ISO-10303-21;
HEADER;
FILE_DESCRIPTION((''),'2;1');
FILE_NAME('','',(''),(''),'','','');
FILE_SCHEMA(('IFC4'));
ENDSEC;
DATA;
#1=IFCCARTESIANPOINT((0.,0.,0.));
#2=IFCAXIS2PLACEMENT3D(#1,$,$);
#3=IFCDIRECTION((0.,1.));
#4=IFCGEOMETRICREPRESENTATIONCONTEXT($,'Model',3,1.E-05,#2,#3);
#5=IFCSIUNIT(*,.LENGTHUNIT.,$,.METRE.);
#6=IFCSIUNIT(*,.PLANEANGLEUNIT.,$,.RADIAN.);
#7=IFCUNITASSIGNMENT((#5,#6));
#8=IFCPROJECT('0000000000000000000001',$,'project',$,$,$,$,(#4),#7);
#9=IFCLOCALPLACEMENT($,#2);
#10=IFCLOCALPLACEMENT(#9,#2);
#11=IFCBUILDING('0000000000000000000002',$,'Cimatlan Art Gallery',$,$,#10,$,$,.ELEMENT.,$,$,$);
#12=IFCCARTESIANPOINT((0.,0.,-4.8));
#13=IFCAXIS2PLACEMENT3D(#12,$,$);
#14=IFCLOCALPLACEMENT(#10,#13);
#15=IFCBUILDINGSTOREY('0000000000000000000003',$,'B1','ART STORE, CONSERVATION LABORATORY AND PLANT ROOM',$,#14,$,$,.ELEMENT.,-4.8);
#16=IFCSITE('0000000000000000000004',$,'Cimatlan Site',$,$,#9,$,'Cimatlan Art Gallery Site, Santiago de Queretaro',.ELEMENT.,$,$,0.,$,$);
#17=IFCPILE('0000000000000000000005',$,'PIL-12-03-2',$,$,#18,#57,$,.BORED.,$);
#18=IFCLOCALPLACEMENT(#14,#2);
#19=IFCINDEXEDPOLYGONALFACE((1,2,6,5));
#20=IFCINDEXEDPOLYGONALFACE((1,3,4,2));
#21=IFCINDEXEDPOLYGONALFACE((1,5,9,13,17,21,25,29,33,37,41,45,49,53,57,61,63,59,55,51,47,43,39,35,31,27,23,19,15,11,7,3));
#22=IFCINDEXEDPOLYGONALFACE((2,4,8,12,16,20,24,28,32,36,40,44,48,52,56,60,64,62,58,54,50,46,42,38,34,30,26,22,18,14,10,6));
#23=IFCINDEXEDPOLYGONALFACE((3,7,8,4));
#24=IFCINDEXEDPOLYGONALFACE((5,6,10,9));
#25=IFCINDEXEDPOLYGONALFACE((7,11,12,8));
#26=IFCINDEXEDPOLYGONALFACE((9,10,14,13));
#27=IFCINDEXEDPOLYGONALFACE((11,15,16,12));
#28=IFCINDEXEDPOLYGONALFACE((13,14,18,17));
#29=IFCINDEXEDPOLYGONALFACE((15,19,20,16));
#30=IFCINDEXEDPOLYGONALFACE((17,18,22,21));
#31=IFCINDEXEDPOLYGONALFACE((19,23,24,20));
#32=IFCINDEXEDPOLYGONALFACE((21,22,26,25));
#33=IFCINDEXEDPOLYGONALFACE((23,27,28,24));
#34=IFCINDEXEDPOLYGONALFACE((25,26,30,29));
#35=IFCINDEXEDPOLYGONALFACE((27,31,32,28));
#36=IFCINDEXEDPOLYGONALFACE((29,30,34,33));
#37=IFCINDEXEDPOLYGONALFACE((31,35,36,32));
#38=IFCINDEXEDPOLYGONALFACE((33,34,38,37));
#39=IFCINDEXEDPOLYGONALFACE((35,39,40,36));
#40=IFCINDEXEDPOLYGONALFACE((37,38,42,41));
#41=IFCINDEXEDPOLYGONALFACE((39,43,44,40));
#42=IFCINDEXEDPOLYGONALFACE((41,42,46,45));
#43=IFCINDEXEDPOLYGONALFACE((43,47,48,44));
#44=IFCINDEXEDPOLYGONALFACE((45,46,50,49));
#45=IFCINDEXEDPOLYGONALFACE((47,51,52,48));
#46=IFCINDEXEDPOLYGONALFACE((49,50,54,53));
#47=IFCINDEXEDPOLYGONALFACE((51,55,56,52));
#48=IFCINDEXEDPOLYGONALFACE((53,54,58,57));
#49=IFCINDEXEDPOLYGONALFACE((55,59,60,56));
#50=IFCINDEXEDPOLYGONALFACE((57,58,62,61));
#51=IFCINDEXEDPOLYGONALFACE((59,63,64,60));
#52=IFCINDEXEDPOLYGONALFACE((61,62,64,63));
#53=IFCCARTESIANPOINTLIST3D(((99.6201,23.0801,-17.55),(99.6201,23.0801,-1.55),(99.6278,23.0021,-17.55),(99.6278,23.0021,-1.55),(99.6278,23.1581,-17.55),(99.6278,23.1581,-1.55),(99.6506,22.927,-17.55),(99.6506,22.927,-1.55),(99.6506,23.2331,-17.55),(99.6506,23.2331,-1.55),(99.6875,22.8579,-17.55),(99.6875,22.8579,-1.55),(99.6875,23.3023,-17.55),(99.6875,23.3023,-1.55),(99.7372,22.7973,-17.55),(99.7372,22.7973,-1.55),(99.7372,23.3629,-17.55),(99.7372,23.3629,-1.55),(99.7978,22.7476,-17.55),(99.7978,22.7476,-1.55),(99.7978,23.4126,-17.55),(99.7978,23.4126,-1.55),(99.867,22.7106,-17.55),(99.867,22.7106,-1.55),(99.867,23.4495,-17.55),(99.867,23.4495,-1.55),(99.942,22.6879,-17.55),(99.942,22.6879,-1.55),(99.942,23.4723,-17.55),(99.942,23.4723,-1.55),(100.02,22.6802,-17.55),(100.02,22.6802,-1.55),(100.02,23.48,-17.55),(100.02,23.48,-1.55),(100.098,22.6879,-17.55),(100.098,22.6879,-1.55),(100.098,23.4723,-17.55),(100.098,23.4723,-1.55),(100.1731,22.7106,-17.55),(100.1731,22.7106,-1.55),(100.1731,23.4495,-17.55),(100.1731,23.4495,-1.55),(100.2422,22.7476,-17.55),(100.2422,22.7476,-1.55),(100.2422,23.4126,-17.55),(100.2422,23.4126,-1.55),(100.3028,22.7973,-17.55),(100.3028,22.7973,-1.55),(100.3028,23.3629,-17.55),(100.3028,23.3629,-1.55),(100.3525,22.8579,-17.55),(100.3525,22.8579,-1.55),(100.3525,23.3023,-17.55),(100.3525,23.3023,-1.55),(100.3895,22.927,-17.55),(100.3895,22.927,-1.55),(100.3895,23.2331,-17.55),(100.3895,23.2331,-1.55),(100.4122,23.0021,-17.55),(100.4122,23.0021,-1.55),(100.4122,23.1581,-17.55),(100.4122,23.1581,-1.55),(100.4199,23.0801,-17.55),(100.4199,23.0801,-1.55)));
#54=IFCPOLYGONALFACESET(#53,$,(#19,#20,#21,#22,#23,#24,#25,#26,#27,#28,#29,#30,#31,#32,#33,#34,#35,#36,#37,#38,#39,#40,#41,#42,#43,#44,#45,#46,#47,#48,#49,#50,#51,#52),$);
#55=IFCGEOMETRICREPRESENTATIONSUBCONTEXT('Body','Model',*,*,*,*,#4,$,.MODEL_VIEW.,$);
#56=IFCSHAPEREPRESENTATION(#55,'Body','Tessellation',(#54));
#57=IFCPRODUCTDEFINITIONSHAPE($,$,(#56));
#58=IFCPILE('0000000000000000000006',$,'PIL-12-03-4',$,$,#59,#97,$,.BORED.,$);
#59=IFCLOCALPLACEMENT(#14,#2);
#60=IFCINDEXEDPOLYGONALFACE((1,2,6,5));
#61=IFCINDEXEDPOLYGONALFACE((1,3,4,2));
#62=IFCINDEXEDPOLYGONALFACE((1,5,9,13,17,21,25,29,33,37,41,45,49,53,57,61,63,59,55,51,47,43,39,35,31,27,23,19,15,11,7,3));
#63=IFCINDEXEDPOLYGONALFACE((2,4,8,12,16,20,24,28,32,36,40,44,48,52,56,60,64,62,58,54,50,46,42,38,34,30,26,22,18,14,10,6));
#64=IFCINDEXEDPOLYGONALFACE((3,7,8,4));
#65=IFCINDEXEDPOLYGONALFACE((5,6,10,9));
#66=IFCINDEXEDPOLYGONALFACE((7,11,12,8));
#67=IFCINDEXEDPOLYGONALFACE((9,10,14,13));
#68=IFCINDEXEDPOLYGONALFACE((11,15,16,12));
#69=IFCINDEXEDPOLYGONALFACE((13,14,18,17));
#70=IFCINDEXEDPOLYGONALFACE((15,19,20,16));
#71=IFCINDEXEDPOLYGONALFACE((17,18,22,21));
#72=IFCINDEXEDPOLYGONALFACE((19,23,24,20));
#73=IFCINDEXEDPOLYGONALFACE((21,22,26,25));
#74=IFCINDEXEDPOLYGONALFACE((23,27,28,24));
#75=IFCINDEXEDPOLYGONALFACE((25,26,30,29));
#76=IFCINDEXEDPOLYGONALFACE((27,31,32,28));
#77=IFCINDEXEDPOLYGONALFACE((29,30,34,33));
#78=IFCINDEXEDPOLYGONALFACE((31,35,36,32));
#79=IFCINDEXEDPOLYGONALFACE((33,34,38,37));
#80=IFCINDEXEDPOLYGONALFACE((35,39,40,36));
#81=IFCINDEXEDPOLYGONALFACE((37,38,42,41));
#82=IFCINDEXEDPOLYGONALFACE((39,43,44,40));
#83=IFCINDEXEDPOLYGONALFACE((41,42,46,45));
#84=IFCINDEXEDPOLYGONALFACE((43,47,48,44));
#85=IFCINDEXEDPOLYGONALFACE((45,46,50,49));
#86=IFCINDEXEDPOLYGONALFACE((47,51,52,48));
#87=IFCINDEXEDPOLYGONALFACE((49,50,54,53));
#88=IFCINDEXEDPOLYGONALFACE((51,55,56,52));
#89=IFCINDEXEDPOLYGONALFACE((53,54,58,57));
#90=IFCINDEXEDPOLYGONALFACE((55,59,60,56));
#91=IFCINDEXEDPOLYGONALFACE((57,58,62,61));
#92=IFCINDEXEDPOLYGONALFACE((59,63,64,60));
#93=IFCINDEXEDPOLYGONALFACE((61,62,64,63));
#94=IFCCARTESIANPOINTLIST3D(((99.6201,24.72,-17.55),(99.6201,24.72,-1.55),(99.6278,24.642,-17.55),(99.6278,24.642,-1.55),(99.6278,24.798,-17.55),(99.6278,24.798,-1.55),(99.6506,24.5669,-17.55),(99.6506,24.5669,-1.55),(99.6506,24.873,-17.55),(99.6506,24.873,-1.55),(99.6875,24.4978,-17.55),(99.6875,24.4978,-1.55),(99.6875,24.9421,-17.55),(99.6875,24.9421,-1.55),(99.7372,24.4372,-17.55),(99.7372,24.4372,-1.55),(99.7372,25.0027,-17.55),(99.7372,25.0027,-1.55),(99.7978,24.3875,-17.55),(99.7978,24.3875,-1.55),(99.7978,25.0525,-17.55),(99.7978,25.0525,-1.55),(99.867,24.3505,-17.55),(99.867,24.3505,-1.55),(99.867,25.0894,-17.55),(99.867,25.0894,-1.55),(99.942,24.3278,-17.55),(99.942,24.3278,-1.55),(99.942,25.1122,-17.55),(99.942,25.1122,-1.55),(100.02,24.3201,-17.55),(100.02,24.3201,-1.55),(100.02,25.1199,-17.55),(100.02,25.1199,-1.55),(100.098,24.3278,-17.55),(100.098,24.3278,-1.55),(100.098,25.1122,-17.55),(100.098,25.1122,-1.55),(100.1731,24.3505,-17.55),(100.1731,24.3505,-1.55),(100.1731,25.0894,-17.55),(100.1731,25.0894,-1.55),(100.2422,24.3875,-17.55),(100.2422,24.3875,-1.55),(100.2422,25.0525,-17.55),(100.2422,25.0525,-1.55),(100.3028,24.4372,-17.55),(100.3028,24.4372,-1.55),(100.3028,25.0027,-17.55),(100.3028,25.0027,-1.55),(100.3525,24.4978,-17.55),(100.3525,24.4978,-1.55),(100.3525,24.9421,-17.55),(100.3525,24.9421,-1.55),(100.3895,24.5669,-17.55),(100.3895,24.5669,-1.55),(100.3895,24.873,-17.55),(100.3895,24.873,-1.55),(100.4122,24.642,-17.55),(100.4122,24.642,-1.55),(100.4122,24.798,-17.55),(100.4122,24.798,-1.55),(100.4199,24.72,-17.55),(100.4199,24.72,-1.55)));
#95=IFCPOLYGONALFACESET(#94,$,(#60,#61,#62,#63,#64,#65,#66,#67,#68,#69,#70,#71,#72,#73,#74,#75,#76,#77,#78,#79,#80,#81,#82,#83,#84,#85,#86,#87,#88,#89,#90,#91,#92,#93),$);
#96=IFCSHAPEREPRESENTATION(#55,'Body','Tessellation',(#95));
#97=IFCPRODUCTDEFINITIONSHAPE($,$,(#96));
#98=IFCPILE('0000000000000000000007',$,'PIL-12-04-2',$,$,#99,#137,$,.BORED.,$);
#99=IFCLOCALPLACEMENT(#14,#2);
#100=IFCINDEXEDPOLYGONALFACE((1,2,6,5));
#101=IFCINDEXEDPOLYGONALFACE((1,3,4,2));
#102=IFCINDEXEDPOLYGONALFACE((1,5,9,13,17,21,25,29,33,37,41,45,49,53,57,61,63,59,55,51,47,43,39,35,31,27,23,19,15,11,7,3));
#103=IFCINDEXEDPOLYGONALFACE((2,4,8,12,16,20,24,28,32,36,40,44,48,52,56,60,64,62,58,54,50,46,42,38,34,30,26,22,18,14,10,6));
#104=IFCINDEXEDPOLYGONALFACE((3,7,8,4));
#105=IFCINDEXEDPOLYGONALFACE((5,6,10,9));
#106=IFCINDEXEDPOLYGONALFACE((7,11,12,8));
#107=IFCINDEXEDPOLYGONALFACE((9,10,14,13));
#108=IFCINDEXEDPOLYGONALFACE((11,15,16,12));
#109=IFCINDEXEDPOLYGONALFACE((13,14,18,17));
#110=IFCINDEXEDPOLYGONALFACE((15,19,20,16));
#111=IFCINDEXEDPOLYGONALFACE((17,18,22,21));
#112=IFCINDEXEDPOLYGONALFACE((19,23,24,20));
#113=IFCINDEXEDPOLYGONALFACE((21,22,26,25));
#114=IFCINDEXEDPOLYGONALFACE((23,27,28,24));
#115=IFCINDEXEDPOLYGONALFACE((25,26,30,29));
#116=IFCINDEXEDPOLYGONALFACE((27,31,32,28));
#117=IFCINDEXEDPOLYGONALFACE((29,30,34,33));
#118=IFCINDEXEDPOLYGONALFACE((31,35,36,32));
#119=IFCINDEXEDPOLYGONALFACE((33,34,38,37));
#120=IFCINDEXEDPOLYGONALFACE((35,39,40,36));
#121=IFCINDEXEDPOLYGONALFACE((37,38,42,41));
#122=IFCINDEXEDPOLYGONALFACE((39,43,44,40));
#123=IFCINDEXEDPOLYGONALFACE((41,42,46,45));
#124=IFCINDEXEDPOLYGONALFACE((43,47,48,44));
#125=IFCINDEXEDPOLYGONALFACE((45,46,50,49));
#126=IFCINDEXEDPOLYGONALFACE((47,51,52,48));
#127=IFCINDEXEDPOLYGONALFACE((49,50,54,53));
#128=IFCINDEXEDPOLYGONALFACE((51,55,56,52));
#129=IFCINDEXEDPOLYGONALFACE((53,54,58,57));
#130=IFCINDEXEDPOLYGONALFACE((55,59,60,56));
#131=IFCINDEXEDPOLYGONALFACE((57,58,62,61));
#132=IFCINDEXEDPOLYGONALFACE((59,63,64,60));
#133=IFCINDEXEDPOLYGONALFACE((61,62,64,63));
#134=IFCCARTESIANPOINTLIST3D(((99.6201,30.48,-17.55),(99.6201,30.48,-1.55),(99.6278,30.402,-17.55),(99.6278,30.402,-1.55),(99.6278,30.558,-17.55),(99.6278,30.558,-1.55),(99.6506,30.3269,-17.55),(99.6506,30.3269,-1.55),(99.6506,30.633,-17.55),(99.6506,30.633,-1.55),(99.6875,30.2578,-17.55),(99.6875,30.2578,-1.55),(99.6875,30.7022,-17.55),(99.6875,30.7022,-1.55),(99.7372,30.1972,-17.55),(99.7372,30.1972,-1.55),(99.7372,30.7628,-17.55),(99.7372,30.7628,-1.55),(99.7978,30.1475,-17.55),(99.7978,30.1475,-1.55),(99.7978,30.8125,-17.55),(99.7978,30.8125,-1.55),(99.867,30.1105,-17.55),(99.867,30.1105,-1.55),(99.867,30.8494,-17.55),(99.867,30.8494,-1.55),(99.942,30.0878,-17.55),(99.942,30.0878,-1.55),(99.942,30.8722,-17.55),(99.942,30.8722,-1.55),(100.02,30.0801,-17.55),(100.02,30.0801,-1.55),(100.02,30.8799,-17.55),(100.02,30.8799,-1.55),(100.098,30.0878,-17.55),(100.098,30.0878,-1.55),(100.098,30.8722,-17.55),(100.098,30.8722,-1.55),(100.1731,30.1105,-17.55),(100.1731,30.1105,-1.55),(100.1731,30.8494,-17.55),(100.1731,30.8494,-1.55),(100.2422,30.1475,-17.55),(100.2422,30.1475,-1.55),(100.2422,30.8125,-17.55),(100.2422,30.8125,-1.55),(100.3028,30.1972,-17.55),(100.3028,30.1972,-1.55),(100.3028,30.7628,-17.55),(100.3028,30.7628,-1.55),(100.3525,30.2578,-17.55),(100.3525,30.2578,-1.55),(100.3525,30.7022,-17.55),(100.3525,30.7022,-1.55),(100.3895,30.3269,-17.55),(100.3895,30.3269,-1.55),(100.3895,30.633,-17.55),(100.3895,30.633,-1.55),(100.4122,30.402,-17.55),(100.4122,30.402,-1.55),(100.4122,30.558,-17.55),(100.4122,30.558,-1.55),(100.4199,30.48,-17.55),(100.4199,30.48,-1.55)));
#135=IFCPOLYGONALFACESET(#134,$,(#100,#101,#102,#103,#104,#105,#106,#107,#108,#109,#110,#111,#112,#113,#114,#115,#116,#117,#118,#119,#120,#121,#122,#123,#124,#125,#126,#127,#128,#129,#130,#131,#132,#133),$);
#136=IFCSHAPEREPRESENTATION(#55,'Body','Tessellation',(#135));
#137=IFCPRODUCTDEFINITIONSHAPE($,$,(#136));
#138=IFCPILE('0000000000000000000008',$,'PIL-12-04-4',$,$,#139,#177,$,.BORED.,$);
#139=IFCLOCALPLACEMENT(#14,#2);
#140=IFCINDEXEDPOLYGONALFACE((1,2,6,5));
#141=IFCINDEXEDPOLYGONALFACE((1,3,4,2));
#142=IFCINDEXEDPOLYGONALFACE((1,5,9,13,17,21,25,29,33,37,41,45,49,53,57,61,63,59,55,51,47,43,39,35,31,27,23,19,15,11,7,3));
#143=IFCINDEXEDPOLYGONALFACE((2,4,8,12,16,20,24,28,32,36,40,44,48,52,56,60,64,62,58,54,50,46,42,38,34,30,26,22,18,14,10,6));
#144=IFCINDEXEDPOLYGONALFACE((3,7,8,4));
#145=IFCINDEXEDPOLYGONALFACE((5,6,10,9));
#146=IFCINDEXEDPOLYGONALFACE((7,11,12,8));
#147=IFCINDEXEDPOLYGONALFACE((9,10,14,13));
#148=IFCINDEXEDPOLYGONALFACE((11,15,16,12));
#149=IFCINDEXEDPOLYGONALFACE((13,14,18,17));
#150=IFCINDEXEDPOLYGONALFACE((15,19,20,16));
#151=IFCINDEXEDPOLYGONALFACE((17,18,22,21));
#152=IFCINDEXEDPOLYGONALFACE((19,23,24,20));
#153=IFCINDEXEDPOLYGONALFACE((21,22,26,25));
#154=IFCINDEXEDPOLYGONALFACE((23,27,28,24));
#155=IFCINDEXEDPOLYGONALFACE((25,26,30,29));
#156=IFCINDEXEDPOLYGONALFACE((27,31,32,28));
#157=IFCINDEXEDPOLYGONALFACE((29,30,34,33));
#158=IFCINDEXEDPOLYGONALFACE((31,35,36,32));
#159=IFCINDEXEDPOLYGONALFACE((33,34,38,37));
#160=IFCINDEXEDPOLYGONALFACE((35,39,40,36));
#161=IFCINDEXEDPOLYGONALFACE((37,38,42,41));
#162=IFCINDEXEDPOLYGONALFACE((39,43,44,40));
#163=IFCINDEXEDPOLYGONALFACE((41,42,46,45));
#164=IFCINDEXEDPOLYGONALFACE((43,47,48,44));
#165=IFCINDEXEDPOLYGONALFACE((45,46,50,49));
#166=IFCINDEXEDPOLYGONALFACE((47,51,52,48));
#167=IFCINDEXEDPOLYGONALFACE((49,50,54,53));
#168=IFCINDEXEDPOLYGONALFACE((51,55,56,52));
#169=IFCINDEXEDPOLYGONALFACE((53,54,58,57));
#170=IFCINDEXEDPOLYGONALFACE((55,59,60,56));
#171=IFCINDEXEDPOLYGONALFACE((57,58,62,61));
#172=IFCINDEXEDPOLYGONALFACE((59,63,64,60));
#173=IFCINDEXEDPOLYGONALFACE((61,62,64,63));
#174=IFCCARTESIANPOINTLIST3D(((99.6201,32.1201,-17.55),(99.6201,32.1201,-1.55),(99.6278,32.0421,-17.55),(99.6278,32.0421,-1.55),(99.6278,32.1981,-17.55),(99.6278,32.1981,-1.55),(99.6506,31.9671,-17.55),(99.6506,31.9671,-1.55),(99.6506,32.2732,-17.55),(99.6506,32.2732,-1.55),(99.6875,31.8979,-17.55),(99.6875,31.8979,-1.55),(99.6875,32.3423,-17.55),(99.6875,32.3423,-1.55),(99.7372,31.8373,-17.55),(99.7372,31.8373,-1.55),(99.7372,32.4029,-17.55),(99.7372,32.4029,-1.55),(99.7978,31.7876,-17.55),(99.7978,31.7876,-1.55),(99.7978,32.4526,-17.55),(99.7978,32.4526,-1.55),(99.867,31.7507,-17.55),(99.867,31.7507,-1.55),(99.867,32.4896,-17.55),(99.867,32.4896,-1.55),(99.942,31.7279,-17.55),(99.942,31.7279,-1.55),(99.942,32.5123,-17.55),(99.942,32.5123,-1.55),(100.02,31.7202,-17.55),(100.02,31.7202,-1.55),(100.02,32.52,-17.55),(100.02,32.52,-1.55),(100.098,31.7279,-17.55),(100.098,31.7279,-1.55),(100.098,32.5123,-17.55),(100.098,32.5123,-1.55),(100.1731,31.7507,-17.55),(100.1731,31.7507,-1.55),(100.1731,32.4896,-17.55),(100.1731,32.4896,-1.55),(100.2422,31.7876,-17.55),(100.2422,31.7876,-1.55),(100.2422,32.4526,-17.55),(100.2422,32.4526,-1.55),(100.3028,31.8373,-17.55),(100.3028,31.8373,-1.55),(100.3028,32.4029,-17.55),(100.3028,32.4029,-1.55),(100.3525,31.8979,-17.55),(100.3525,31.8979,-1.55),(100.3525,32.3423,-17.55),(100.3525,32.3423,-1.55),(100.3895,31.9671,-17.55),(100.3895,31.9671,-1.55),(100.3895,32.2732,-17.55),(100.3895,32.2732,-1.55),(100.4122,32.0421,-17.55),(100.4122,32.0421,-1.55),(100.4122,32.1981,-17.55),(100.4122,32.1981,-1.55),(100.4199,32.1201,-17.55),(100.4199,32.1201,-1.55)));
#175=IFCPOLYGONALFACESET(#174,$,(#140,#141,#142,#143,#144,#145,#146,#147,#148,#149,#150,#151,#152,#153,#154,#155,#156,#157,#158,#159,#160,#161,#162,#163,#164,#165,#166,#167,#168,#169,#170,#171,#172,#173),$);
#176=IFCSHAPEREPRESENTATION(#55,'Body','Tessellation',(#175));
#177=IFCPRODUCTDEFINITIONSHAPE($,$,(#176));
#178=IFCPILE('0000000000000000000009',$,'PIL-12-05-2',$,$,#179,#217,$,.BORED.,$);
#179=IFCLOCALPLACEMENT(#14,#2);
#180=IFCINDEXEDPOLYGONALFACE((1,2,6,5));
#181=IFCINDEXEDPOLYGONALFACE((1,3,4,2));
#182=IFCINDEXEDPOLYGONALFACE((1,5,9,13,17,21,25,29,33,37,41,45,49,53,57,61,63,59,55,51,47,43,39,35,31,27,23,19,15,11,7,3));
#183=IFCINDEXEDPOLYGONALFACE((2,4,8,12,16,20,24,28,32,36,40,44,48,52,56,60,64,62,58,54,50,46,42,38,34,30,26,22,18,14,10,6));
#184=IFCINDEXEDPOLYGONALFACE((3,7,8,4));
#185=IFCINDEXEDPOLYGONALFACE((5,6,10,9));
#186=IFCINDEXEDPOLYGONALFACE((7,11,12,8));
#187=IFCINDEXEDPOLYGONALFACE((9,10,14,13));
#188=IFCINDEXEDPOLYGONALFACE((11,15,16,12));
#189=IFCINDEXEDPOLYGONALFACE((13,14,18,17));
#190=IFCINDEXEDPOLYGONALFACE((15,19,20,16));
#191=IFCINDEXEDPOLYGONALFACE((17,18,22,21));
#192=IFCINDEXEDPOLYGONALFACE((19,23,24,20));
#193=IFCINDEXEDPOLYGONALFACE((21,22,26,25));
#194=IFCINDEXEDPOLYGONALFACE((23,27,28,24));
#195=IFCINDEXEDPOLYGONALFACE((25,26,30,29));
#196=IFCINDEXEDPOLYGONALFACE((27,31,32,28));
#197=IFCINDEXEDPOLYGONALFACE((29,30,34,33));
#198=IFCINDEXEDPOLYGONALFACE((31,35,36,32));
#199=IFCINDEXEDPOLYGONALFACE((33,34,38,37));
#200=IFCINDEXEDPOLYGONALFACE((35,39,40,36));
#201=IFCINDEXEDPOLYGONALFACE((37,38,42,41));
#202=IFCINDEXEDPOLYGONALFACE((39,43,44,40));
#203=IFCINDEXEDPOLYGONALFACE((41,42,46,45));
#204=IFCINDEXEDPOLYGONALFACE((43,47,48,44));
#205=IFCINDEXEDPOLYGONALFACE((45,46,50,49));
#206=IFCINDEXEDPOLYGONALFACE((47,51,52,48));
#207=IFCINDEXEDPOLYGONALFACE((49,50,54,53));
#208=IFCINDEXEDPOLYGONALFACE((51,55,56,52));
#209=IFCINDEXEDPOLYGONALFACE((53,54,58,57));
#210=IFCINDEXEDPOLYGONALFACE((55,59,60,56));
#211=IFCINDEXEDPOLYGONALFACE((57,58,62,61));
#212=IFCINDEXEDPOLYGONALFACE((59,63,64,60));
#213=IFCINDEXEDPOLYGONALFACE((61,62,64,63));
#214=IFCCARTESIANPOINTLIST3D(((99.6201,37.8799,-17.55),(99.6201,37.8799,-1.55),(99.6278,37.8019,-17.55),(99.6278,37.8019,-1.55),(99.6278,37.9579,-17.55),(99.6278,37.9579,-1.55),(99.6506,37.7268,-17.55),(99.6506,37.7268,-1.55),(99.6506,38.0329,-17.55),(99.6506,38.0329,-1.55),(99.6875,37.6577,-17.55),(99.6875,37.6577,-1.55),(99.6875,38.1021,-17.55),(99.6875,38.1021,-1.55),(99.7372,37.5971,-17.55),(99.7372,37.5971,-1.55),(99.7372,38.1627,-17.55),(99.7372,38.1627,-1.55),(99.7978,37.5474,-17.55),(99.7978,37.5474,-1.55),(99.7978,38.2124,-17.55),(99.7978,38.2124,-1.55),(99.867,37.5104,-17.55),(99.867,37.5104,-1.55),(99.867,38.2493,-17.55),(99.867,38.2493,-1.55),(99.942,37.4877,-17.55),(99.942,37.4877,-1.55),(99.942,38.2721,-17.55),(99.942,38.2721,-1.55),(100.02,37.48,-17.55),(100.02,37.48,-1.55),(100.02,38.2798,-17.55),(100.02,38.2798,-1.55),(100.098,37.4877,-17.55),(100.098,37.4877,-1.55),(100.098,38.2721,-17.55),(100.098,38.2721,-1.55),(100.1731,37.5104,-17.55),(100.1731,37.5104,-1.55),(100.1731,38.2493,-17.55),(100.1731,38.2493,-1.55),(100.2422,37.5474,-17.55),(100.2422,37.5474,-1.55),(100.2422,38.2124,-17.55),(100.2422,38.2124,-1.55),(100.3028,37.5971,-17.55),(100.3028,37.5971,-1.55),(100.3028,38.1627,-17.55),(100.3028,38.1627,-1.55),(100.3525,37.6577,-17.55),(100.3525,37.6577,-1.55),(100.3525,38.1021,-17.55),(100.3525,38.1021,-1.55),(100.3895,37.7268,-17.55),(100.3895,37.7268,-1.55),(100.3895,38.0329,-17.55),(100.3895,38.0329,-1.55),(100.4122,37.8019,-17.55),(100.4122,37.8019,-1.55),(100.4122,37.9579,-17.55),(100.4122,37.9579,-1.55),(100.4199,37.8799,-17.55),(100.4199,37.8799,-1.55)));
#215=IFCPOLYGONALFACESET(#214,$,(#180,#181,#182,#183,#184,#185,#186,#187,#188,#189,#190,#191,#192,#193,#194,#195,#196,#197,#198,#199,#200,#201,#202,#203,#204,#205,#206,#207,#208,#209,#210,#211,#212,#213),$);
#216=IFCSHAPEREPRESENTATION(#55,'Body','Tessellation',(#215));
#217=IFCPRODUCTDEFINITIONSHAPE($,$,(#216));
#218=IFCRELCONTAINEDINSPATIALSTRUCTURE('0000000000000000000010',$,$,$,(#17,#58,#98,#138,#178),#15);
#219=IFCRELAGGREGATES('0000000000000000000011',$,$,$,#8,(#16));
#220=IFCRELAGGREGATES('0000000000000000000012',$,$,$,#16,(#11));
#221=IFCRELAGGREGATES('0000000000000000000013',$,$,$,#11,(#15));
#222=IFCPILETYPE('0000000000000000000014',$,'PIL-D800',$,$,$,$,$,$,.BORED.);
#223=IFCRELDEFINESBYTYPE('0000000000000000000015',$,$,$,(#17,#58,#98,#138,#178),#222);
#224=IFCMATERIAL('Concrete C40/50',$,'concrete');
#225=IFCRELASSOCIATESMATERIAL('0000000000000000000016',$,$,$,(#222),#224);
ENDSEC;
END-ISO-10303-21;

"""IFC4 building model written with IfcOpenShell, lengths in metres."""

from ifc_helpers import new_model, si_unit, direction, frame, origin, origin_2d, place, context, subcontext, project, spatial, circle, extrude, material, type_object, element, save


model = new_model("IFC4")

# Units and contexts
model_context = context("Model", 3, precision=1e-05, world=origin(), true_north=direction((0.0, 1.0)))
body_context = subcontext(model_context, "Body", "Model", "MODEL_VIEW")
ifc_project = project(units=[si_unit("LENGTHUNIT", "METRE"), si_unit("PLANEANGLEUNIT", "RADIAN")], contexts=[model_context])

# Site, building, storey
site_placement = place(None, origin())
site = spatial("IfcSite", under=ifc_project, at=site_placement, Name="Cimatlan Site", LongName="Cimatlan Art Gallery Site, Santiago de Queretaro", CompositionType="ELEMENT", RefElevation=0.0)
building_placement = place(site_placement, origin())
building = spatial("IfcBuilding", under=site, at=building_placement, Name="Cimatlan Art Gallery", CompositionType="ELEMENT")
storey_placement = place(building_placement, frame((0.0, 0.0, -4.8)))
storey = spatial("IfcBuildingStorey", under=building, at=storey_placement, Name="B1", Description="ART STORE, CONSERVATION LABORATORY AND PLANT ROOM", CompositionType="ELEMENT", Elevation=-4.8)

# Shared definitions
ifc_material_1 = material(Name="Concrete C40/50", Category="concrete")

# Piles
pile_type_1 = type_object("IfcPileType", Name="PIL-D800", PredefinedType="BORED", material=ifc_material_1)
for number, where, z_axis, x_axis, name in (
    (1, (100.02, 23.0801, -1.55), (0.0, 0.0, -1.0), (1.0, 0.0, 0.0), "PIL-12-03-2"),
    (2, (100.02, 24.72, -1.55), (0.0, 0.0, -1.0), (1.0, 0.0, 0.0), "PIL-12-03-4"),
    (3, (100.02, 30.48, -1.55), (0.0, 0.0, -1.0), (1.0, 0.0, 0.0), "PIL-12-04-2"),
    (4, (100.02, 32.1201, -1.55), (0.0, 0.0, -1.0), (1.0, 0.0, 0.0), "PIL-12-04-4"),
    (5, (100.02, 37.8799, -1.55), (0.0, 0.0, -1.0), (1.0, 0.0, 0.0), "PIL-12-05-2"),
):
    element("IfcPile", number, at=place(storey_placement, frame(where, z_axis=z_axis, x_axis=x_axis)), inside=storey, type_object=pile_type_1, Name=name, PredefinedType="BORED", context=body_context, shape_type="SweptSolid", body=[
        extrude(circle(Radius=0.3999, at=origin_2d()), origin(), (0.0, 0.0, 1.0), 16.0),
    ])

save(model, "model.ifc")
